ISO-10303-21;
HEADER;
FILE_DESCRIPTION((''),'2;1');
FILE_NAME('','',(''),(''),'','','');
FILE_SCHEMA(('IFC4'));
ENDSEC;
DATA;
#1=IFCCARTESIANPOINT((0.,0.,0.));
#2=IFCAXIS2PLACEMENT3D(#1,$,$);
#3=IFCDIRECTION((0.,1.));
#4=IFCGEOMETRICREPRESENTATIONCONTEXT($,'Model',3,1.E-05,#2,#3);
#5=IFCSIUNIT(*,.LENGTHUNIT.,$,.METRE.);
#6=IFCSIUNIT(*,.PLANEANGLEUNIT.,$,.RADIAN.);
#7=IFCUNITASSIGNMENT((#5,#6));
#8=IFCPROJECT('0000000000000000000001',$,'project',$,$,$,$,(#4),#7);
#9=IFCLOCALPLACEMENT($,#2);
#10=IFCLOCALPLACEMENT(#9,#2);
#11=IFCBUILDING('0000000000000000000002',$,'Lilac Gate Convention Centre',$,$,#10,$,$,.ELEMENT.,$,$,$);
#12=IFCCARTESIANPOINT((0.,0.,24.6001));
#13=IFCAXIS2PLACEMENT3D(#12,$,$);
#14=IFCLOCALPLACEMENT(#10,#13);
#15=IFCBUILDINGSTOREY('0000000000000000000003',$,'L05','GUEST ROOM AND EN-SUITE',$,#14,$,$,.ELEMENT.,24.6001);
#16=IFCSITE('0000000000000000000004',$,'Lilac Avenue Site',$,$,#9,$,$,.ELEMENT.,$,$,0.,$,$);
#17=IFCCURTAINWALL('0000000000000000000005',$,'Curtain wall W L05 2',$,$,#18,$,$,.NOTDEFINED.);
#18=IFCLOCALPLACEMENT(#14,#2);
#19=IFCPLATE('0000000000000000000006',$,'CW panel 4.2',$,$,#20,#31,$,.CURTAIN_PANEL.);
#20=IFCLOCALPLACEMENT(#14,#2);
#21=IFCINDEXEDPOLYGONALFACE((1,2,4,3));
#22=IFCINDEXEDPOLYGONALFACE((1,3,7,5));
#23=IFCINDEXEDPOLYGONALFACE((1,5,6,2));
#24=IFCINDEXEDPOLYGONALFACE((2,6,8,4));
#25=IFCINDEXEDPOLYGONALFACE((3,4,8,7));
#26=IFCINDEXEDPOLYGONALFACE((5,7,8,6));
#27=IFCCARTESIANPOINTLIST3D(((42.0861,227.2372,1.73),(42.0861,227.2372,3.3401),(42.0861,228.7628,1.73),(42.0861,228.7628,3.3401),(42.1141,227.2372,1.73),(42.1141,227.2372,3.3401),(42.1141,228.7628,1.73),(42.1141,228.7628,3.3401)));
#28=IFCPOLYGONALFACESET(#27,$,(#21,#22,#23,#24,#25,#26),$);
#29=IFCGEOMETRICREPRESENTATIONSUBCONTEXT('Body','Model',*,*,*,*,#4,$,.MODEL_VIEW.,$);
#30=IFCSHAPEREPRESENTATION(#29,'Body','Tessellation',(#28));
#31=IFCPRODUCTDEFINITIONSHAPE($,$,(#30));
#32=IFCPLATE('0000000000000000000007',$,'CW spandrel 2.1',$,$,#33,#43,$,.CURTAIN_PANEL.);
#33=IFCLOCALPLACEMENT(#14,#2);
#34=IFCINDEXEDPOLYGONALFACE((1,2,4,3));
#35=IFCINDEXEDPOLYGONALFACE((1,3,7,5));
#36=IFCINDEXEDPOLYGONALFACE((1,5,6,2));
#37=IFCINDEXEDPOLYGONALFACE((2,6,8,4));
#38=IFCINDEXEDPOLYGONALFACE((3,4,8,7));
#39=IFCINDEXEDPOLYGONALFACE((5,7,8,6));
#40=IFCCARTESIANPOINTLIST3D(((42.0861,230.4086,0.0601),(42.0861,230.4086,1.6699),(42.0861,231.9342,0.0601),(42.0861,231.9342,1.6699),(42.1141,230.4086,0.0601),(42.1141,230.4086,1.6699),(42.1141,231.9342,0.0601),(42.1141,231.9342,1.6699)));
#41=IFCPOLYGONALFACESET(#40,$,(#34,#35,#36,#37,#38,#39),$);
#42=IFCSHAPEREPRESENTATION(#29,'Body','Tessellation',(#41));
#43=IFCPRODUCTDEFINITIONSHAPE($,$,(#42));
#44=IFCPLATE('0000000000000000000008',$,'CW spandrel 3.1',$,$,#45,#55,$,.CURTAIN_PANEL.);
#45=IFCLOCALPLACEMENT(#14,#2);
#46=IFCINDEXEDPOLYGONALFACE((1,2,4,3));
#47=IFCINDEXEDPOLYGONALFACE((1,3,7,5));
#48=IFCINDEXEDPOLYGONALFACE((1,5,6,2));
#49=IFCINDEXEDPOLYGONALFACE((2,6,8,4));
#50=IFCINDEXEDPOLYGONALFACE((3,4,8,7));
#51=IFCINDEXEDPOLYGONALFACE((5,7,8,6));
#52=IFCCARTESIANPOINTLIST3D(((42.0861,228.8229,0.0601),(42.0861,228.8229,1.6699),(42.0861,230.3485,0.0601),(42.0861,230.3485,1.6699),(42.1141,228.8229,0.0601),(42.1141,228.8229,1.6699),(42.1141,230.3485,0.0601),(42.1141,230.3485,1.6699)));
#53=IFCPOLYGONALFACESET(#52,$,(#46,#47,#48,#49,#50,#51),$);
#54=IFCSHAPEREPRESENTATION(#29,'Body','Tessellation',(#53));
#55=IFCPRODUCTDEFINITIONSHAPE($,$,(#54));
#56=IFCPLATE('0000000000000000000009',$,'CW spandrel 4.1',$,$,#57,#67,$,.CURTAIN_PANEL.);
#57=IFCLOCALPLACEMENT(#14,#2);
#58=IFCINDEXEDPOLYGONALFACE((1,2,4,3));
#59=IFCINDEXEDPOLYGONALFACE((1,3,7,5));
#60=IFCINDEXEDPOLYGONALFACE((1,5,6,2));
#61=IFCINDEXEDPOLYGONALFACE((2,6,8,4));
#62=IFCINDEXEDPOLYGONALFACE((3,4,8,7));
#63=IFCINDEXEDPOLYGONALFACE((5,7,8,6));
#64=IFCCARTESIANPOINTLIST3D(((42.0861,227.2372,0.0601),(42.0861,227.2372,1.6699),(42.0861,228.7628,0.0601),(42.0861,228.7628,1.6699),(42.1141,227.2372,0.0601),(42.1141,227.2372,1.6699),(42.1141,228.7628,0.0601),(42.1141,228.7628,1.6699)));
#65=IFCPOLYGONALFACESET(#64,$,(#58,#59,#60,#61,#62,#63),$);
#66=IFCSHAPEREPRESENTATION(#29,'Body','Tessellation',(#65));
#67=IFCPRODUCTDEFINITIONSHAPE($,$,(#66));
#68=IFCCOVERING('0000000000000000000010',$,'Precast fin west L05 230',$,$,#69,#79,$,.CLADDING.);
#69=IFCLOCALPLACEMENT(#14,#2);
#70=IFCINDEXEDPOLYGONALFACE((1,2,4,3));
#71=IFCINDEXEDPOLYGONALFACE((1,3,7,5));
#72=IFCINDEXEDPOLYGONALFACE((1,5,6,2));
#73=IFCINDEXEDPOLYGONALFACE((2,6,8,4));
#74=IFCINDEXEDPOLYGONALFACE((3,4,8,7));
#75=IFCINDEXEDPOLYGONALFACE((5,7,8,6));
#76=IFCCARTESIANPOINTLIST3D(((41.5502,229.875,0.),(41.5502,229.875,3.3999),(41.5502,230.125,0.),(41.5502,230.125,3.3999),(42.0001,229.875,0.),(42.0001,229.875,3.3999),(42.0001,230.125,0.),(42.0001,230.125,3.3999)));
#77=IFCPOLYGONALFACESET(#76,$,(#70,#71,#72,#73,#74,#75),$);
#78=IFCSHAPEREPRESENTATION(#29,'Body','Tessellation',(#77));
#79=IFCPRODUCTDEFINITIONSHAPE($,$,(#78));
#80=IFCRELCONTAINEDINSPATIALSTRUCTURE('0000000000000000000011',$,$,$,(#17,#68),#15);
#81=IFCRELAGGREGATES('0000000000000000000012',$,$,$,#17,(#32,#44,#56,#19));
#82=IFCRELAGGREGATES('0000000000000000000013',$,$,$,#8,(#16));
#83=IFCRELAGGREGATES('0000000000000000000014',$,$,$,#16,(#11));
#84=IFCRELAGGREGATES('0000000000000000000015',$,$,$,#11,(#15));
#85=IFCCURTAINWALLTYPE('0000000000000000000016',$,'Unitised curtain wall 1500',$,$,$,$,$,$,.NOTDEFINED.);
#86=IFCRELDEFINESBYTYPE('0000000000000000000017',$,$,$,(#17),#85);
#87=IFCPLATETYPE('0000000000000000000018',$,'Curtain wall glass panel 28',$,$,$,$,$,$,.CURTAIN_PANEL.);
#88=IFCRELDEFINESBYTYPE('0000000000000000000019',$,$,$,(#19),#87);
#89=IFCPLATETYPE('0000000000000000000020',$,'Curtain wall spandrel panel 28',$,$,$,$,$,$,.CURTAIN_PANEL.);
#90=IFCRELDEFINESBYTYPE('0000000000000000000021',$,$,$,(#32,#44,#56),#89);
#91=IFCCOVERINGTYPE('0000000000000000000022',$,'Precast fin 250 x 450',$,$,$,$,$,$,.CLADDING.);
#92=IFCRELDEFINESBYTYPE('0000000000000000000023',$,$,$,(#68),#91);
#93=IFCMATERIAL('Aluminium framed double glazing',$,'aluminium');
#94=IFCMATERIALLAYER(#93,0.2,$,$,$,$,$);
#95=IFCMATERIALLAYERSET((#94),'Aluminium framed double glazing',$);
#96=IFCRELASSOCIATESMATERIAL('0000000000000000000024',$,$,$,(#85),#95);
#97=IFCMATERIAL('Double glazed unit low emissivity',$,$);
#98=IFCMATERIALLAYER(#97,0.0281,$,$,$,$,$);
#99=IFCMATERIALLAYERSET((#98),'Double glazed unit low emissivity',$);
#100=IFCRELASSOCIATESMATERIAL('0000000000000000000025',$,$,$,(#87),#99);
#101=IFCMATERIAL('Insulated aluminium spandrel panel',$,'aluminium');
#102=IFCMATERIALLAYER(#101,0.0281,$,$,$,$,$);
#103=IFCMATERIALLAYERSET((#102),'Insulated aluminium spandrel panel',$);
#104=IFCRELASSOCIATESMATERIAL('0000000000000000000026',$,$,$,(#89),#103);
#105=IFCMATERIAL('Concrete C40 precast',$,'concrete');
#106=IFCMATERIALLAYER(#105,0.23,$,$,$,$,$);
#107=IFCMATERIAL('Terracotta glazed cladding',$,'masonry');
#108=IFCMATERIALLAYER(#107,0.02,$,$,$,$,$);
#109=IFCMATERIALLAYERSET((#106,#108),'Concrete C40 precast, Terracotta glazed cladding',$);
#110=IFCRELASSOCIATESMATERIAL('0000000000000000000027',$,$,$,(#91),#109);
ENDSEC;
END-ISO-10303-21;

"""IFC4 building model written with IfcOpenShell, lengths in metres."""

from ifc_helpers import new_model, si_unit, direction, frame, frame_2d, origin, origin_2d, place, context, subcontext, project, spatial, rectangle, extrude, material, layer, layer_set, type_object, element, aggregate, save


model = new_model("IFC4")

# Units and contexts
model_context = context("Model", 3, precision=1e-05, world=origin(), true_north=direction((0.0, 1.0)))
body_context = subcontext(model_context, "Body", "Model", "MODEL_VIEW")
ifc_project = project(units=[si_unit("LENGTHUNIT", "METRE"), si_unit("PLANEANGLEUNIT", "RADIAN")], contexts=[model_context])

# Site, building, storey
site_placement = place(None, origin())
site = spatial("IfcSite", under=ifc_project, at=site_placement, Name="Lilac Avenue Site", CompositionType="ELEMENT", RefElevation=0.0)
building_placement = place(site_placement, origin())
building = spatial("IfcBuilding", under=site, at=building_placement, Name="Lilac Gate Convention Centre", CompositionType="ELEMENT")
storey_placement = place(building_placement, frame((0.0, 0.0, 24.6001)))
storey = spatial("IfcBuildingStorey", under=building, at=storey_placement, Name="L05", Description="GUEST ROOM AND EN-SUITE", CompositionType="ELEMENT", Elevation=24.6001)

# Curtain wall, plates
ifc_material_1 = material(Name="Aluminium framed double glazing", Category="aluminium")
ifc_layer_1 = layer(ifc_material_1, 0.2)
ifc_layer_set_1 = layer_set([ifc_layer_1], Name="Aluminium framed double glazing")
curtain_wall_type = type_object("IfcCurtainWallType", Name="Unitised curtain wall 1500", PredefinedType="NOTDEFINED", material=ifc_layer_set_1)
curtain_wall_placement = place(storey_placement, origin())
curtain_wall = element("IfcCurtainWall", 1, at=curtain_wall_placement, inside=storey, type_object=curtain_wall_type, Name="Curtain wall W L05 2", PredefinedType="NOTDEFINED")
ifc_material_2 = material(Name="Double glazed unit low emissivity")
ifc_layer_2 = layer(ifc_material_2, 0.0281)
ifc_layer_set_2 = layer_set([ifc_layer_2], Name="Double glazed unit low emissivity")
plate_type_1 = type_object("IfcPlateType", Name="Curtain wall glass panel 28", PredefinedType="CURTAIN_PANEL", material=ifc_layer_set_2)
plate_1_placement = place(storey_placement, frame((42.1001, 228.0, 1.73), z_axis=(0.0, 0.0, 1.0), x_axis=(0.0, -1.0, 0.0)))
plate_1 = element("IfcPlate", 2, at=plate_1_placement, type_object=plate_type_1, Name="CW panel 4.2", PredefinedType="CURTAIN_PANEL", context=body_context, shape_type="SweptSolid", body=[
    extrude(rectangle(XDim=1.5256, YDim=0.0281, at=origin_2d()), origin(), (0.0, 0.0, 1.0), 1.6101),
])
ifc_material_3 = material(Name="Insulated aluminium spandrel panel", Category="aluminium")
ifc_layer_3 = layer(ifc_material_3, 0.0281)
ifc_layer_set_3 = layer_set([ifc_layer_3], Name="Insulated aluminium spandrel panel")
plate_type_2 = type_object("IfcPlateType", Name="Curtain wall spandrel panel 28", PredefinedType="CURTAIN_PANEL", material=ifc_layer_set_3)
plate_2_placement = place(storey_placement, frame((42.1001, 231.1714, 0.0601), z_axis=(0.0, 0.0, 1.0), x_axis=(0.0, -1.0, 0.0)))
plate_2 = element("IfcPlate", 3, at=plate_2_placement, type_object=plate_type_2, Name="CW spandrel 2.1", PredefinedType="CURTAIN_PANEL", context=body_context, shape_type="SweptSolid", body=[
    extrude(rectangle(XDim=1.5256, YDim=0.0281, at=origin_2d()), origin(), (0.0, 0.0, 1.0), 1.6099),
])
plate_3_placement = place(storey_placement, frame((42.1001, 229.5857, 0.0601), z_axis=(0.0, 0.0, 1.0), x_axis=(0.0, -1.0, 0.0)))
plate_3 = element("IfcPlate", 4, at=plate_3_placement, type_object=plate_type_2, Name="CW spandrel 3.1", PredefinedType="CURTAIN_PANEL", context=body_context, shape_type="SweptSolid", body=[
    extrude(rectangle(XDim=1.5256, YDim=0.0281, at=origin_2d()), origin(), (0.0, 0.0, 1.0), 1.6099),
])
plate_4_placement = place(storey_placement, frame((42.1001, 228.0, 0.0601), z_axis=(0.0, 0.0, 1.0), x_axis=(0.0, -1.0, 0.0)))
plate_4 = element("IfcPlate", 5, at=plate_4_placement, type_object=plate_type_2, Name="CW spandrel 4.1", PredefinedType="CURTAIN_PANEL", context=body_context, shape_type="SweptSolid", body=[
    extrude(rectangle(XDim=1.5256, YDim=0.0281, at=origin_2d()), origin(), (0.0, 0.0, 1.0), 1.6099),
])
aggregate(curtain_wall, [plate_2, plate_3, plate_4, plate_1])

# Covering
ifc_material_4 = material(Name="Concrete C40 precast", Category="concrete")
ifc_layer_4 = layer(ifc_material_4, 0.23)
ifc_material_5 = material(Name="Terracotta glazed cladding", Category="masonry")
ifc_layer_5 = layer(ifc_material_5, 0.02)
ifc_layer_set_4 = layer_set([ifc_layer_4, ifc_layer_5], Name="Concrete C40 precast, Terracotta glazed cladding")
covering_type = type_object("IfcCoveringType", Name="Precast fin 250 x 450", PredefinedType="CLADDING", material=ifc_layer_set_4)
covering_placement = place(storey_placement, frame((41.55, 230.0, 0.0), z_axis=(0.0, 0.0, 1.0), x_axis=(1.0, 0.0, 0.0)))
element("IfcCovering", 6, at=covering_placement, inside=storey, type_object=covering_type, Name="Precast fin west L05 230", PredefinedType="CLADDING", context=body_context, shape_type="SweptSolid", body=[
    extrude(rectangle(XDim=0.45, YDim=0.25, at=frame_2d((0.2251, 0.0))), origin(), (0.0, 0.0, 1.0), 3.3999),
])

save(model, "model.ifc")
